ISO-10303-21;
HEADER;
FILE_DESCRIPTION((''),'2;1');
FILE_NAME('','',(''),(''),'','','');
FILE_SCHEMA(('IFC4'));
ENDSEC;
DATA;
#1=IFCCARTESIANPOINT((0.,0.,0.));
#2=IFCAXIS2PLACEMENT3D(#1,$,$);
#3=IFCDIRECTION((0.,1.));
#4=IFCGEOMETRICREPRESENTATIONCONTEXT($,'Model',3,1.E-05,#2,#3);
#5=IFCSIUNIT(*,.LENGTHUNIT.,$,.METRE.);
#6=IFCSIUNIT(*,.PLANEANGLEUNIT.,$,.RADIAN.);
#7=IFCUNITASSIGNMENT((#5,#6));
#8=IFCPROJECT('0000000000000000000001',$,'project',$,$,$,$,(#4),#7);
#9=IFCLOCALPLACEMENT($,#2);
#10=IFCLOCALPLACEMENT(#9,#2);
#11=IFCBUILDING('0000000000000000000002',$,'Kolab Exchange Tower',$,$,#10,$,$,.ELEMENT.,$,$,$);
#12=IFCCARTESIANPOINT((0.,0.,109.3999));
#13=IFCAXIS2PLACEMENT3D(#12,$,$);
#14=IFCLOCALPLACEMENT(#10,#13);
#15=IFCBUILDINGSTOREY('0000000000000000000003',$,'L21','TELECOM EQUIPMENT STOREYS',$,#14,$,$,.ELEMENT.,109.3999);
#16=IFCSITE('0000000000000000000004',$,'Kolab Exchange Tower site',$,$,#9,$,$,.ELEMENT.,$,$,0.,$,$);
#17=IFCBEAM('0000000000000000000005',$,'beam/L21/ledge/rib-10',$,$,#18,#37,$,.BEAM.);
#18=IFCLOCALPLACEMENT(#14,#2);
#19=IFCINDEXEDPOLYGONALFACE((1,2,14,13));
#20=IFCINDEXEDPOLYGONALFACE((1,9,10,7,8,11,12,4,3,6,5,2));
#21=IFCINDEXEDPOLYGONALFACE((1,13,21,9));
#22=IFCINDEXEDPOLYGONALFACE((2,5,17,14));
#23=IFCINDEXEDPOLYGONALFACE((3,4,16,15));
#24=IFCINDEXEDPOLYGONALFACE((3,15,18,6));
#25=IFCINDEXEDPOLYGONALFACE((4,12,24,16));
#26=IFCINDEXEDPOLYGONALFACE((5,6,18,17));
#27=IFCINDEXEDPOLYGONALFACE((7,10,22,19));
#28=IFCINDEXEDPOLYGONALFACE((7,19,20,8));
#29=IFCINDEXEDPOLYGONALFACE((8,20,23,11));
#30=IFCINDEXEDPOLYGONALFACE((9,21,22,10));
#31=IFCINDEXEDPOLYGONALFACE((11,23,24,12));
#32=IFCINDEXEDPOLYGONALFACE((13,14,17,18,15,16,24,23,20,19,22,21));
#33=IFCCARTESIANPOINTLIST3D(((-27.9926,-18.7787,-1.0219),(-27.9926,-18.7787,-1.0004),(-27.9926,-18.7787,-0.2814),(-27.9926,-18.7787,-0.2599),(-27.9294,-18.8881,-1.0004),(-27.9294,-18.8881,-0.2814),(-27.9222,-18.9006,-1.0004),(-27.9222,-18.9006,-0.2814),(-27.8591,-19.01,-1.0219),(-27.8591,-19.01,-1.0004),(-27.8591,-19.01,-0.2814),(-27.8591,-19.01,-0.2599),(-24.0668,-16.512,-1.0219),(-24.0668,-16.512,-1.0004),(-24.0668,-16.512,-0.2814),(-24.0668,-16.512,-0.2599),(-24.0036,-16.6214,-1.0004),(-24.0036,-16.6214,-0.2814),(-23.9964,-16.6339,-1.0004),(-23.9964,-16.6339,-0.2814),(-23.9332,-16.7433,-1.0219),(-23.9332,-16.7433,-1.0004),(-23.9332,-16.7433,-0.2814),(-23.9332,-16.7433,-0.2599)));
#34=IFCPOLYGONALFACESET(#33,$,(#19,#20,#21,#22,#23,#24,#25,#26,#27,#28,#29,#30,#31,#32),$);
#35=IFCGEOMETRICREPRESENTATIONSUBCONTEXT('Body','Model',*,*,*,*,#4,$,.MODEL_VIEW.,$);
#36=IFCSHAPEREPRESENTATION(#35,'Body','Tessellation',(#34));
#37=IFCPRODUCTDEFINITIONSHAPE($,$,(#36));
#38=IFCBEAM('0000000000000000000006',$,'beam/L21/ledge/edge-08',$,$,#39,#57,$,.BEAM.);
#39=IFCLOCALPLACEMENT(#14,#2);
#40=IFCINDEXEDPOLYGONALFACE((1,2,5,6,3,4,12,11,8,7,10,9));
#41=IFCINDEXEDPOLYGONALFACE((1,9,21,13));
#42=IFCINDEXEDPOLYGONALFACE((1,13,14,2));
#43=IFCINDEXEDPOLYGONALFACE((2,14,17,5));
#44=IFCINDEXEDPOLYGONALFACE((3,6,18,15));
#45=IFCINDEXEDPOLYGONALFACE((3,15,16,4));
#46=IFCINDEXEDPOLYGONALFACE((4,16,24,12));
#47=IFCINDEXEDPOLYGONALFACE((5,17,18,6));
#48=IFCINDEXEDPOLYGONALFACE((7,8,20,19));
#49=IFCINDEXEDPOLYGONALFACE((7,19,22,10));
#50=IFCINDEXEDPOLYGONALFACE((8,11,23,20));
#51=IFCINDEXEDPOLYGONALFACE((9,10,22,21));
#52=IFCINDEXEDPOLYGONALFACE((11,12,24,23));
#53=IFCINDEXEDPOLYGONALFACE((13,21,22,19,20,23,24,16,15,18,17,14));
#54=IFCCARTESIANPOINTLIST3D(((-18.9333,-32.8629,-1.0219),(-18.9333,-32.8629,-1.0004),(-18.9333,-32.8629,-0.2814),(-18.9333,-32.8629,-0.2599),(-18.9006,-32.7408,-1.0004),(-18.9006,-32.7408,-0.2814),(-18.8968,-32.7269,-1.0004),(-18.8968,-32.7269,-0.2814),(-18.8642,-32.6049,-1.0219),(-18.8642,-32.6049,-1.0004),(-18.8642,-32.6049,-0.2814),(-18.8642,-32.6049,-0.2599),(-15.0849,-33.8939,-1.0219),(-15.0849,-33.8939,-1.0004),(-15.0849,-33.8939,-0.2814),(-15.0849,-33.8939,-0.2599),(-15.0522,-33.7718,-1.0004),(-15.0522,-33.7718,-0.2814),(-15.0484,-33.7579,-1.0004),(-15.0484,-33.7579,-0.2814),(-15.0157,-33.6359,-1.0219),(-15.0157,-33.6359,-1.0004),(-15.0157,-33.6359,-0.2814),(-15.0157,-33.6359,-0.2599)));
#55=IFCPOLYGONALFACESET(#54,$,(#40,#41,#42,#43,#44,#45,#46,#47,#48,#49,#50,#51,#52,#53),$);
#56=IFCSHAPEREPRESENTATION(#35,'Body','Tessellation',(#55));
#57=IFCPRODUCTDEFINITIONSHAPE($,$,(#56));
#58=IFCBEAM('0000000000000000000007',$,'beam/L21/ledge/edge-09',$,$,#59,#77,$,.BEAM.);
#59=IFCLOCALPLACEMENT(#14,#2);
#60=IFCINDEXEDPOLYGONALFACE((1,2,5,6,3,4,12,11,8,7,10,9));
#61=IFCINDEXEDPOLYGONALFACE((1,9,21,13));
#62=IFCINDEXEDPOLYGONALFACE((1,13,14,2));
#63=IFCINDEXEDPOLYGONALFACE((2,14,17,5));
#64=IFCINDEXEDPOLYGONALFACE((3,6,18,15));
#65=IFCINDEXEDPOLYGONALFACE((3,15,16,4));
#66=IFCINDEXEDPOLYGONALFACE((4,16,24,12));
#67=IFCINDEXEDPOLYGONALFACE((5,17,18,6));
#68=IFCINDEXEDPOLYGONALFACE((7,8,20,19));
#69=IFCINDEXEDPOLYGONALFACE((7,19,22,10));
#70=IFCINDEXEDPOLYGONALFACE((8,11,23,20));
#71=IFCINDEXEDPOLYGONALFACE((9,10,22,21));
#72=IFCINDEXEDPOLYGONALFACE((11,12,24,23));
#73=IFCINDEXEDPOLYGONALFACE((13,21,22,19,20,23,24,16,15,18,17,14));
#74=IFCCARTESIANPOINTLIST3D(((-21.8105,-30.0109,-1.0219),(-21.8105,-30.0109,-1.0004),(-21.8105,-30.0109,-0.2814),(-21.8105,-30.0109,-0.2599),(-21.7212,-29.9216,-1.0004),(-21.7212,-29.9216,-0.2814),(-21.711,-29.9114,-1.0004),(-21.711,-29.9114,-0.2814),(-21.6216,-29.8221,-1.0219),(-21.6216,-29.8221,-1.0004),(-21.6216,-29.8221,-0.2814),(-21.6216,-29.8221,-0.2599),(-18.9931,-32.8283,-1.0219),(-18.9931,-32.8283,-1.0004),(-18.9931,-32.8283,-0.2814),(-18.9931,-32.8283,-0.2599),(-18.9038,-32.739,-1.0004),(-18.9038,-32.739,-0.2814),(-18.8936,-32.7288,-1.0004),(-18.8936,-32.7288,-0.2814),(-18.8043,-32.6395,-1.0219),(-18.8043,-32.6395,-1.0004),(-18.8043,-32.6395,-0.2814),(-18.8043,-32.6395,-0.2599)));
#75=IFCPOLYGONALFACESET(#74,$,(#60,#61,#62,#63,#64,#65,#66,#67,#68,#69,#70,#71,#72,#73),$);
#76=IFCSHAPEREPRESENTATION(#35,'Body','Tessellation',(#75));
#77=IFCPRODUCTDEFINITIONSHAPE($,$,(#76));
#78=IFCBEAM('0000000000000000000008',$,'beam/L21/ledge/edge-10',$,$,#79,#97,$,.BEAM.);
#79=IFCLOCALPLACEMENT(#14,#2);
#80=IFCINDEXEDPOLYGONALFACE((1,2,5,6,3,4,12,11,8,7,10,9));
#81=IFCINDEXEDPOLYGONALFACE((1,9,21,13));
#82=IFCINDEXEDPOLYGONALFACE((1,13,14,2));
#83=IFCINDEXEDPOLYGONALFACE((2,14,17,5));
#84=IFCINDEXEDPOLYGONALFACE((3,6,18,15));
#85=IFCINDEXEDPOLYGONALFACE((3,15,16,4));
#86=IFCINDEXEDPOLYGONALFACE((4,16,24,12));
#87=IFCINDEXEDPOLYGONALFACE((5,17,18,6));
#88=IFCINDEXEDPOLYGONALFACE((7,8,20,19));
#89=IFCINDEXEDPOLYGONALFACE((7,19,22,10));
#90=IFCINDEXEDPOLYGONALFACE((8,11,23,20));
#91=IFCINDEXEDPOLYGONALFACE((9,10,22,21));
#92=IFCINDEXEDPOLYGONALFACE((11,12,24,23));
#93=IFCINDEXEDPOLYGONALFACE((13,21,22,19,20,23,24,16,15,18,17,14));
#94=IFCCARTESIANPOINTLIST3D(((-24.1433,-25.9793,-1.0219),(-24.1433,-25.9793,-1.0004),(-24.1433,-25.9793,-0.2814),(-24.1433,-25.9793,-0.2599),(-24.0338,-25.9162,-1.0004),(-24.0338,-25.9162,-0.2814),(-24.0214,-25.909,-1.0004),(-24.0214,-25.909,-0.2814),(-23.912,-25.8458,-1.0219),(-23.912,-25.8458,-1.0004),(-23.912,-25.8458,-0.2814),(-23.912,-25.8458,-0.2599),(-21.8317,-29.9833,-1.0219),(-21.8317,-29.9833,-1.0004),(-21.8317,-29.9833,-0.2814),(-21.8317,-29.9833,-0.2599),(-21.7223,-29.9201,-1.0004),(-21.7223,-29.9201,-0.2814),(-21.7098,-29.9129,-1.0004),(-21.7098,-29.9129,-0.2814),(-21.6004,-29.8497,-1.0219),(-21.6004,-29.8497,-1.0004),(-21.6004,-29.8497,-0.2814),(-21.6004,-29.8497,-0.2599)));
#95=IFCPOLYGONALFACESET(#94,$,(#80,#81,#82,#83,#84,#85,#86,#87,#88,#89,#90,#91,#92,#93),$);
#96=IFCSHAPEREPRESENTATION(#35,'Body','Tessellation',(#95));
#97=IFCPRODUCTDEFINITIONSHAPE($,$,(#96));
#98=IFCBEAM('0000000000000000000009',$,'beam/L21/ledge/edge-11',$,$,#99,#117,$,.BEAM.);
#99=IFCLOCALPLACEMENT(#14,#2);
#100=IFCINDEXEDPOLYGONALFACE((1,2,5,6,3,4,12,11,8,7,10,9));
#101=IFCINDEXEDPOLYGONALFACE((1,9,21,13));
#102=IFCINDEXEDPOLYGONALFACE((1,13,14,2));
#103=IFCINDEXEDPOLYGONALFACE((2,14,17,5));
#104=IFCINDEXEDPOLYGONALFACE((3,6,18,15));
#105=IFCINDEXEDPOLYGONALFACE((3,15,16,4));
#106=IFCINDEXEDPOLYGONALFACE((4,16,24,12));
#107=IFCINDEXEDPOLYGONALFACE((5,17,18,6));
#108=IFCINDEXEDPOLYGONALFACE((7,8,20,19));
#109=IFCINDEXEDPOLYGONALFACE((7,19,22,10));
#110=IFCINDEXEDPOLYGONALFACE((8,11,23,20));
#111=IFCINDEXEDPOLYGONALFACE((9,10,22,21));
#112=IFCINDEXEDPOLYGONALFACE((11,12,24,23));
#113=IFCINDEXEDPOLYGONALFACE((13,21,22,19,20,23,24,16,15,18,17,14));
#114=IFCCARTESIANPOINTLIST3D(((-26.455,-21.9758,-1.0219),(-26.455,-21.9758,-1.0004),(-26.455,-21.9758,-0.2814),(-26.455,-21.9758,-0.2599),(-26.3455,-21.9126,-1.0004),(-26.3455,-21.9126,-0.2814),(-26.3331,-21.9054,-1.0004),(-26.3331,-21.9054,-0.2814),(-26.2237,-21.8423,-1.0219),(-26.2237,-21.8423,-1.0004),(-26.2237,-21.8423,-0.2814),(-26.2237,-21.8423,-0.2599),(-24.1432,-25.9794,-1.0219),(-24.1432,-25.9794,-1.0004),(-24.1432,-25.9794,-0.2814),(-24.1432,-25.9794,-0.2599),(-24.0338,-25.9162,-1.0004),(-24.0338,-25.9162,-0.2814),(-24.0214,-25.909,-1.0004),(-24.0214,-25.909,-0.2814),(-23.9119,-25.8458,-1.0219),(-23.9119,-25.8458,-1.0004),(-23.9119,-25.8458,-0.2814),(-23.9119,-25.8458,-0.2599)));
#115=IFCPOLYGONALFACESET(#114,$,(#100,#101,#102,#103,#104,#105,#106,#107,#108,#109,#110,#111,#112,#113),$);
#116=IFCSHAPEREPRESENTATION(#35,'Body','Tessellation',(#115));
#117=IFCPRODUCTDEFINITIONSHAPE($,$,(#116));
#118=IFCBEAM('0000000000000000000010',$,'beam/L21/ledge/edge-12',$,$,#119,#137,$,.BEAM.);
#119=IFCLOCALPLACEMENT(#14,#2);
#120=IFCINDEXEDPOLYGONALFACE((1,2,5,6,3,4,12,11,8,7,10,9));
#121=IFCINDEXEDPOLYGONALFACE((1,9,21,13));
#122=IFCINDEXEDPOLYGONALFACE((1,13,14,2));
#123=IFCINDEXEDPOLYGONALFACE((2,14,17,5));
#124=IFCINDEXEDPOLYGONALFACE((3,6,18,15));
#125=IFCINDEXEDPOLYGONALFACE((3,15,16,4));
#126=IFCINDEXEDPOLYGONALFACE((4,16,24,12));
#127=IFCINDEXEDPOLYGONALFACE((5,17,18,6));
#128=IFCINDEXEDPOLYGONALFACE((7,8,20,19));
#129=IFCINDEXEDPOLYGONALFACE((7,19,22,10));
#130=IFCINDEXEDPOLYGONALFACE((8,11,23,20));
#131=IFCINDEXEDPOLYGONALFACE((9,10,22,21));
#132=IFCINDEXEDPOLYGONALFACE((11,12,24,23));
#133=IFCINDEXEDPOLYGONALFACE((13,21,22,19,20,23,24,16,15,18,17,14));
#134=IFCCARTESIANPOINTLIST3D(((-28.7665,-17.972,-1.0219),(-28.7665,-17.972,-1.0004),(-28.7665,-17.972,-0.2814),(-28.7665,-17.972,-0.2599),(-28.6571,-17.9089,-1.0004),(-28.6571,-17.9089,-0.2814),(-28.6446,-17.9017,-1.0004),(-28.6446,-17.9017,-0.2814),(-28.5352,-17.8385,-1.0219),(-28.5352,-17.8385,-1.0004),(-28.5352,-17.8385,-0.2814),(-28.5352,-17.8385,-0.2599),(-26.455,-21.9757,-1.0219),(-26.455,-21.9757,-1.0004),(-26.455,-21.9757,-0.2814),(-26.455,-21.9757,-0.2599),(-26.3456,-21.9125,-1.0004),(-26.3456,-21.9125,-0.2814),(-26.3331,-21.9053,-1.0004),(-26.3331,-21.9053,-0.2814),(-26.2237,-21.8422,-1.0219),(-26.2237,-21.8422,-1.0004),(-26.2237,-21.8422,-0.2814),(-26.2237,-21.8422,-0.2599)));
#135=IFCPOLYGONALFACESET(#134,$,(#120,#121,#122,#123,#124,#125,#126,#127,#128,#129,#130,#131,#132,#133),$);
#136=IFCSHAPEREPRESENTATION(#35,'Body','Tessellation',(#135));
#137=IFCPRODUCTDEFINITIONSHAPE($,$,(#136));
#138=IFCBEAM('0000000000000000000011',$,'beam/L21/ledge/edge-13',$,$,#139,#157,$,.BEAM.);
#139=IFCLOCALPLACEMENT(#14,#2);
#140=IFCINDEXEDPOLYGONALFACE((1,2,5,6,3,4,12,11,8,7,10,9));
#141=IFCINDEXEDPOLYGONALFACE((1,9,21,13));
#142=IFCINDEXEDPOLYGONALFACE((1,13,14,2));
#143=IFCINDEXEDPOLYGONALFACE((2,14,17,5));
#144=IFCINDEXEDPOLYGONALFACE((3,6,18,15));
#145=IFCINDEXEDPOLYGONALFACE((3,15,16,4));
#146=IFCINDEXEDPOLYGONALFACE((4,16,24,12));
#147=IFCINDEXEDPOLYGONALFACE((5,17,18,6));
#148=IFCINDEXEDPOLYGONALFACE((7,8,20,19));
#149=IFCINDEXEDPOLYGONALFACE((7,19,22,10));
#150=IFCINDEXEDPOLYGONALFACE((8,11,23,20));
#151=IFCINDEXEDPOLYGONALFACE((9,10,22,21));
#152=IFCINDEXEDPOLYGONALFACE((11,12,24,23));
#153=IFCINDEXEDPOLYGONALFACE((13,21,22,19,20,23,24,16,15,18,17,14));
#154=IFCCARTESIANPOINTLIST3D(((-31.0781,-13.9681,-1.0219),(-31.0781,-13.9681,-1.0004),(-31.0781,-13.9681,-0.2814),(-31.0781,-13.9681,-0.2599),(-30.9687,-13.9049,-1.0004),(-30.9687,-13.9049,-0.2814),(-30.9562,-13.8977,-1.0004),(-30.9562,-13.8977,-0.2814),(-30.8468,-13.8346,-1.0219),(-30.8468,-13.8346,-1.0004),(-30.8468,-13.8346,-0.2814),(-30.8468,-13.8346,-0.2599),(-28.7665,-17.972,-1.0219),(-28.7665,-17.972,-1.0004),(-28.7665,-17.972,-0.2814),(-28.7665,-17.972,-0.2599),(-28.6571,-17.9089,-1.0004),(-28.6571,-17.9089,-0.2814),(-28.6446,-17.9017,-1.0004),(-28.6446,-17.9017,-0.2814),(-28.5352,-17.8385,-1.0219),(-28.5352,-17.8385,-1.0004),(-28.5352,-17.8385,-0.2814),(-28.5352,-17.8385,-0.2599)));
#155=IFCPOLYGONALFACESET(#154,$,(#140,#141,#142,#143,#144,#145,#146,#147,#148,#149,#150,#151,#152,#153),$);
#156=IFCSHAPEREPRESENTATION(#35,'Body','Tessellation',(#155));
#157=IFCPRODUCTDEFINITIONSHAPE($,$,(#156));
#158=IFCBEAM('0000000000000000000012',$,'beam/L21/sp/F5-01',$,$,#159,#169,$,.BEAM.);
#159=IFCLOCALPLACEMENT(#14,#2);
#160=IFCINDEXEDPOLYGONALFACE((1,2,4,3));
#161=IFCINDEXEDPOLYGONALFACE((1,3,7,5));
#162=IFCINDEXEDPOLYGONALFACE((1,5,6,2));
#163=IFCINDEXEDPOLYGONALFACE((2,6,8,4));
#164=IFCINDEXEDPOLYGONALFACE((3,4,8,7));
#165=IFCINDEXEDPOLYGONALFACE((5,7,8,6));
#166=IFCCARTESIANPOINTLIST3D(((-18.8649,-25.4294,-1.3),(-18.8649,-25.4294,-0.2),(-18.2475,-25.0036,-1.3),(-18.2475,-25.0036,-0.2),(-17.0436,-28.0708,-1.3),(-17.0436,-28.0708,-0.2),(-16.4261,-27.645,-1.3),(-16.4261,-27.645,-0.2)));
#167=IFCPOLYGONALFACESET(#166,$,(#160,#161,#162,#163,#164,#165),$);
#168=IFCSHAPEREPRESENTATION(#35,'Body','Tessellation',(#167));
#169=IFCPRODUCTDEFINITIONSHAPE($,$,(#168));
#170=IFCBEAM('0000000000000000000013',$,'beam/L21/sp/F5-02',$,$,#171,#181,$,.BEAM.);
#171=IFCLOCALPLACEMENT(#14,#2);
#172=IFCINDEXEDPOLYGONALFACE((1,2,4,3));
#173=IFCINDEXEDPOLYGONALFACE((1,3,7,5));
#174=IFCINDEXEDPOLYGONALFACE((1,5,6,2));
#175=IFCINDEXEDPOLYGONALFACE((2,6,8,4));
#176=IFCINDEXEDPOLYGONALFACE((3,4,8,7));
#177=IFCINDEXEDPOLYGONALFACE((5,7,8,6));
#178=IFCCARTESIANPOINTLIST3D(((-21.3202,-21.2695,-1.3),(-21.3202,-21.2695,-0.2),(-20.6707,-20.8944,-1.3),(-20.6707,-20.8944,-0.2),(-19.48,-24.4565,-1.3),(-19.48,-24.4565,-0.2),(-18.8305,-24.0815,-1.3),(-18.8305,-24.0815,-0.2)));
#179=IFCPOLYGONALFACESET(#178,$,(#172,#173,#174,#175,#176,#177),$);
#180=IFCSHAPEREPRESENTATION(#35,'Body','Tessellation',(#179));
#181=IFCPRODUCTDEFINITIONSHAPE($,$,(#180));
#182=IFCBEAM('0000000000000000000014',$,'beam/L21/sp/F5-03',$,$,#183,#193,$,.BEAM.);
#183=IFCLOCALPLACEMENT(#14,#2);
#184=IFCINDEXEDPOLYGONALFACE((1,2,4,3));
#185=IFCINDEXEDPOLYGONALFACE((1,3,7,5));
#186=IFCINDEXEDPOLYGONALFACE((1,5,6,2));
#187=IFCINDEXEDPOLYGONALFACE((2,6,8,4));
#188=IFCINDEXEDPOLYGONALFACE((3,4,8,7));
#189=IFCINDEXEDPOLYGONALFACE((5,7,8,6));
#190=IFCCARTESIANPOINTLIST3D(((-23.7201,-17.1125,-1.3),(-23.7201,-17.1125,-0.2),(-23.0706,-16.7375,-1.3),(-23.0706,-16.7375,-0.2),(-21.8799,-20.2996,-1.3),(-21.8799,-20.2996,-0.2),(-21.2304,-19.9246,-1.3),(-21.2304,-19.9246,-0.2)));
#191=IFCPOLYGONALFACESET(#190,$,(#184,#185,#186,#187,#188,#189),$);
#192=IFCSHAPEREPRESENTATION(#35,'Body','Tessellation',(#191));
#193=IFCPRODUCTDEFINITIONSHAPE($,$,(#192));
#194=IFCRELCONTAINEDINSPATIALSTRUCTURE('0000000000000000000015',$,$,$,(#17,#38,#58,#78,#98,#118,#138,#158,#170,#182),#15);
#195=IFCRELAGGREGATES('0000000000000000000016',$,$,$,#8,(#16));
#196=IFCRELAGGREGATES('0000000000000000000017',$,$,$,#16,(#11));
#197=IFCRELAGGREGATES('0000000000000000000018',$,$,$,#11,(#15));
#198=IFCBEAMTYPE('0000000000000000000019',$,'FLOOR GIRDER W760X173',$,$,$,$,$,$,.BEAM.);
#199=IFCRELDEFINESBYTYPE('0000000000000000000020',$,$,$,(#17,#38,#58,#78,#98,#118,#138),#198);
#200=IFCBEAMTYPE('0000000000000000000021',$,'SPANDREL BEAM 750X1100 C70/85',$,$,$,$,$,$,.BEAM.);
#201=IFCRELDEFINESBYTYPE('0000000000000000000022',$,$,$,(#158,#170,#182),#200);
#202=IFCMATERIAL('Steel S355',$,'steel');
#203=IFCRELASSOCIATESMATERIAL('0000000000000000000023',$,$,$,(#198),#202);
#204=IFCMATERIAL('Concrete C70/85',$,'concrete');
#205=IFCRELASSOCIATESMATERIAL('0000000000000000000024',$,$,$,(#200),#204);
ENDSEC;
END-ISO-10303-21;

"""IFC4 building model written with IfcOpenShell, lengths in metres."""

from ifc_helpers import new_model, si_unit, direction, frame, origin, origin_2d, place, context, subcontext, project, spatial, rectangle, i_section, extrude, material, material_profile, profile_set, type_object, element, save


model = new_model("IFC4")

# Units and contexts
model_context = context("Model", 3, precision=1e-05, world=origin(), true_north=direction((0.0, 1.0)))
body_context = subcontext(model_context, "Body", "Model", "MODEL_VIEW")
ifc_project = project(units=[si_unit("LENGTHUNIT", "METRE"), si_unit("PLANEANGLEUNIT", "RADIAN")], contexts=[model_context])

# Site, building, storey
site_placement = place(None, origin())
site = spatial("IfcSite", under=ifc_project, at=site_placement, Name="Kolab Exchange Tower site", CompositionType="ELEMENT", RefElevation=0.0)
building_placement = place(site_placement, origin())
building = spatial("IfcBuilding", under=site, at=building_placement, Name="Kolab Exchange Tower", CompositionType="ELEMENT")
storey_placement = place(building_placement, frame((0.0, 0.0, 109.3999)))
storey = spatial("IfcBuildingStorey", under=building, at=storey_placement, Name="L21", Description="TELECOM EQUIPMENT STOREYS", CompositionType="ELEMENT", Elevation=109.3999)

# Shared definitions
ifc_material_1 = material(Name="Concrete C70/85", Category="concrete")

# Beams
ifc_material_2 = material(Name="Steel S355", Category="steel")
ifc_material_profile_1 = material_profile(ifc_material_2, i_section(OverallWidth=0.2671, OverallDepth=0.762, WebThickness=0.0144, FlangeThickness=0.0215, at=origin_2d()), Name="W760X173")
ifc_profile_set_1 = profile_set([ifc_material_profile_1], Name="Steel S355")
beam_type_1 = type_object("IfcBeamType", Name="FLOOR GIRDER W760X173", PredefinedType="BEAM", material=ifc_profile_set_1)
beam_1_placement = place(storey_placement, frame((-24.0, -16.6277, -0.6409), z_axis=(-0.866021, -0.500008, 0.0), x_axis=(0.500008, -0.866021, 0.0)))
element("IfcBeam", 1, at=beam_1_placement, inside=storey, type_object=beam_type_1, Name="beam/L21/ledge/rib-10", PredefinedType="BEAM", context=body_context, shape_type="SweptSolid", body=[
    extrude(i_section(OverallWidth=0.2671, OverallDepth=0.762, WebThickness=0.0144, FlangeThickness=0.0215, at=origin_2d()), origin(), (0.0, 0.0, 1.0), 4.5332),
])
beam_2_placement = place(storey_placement, frame((-15.0503, -33.7649, -0.6409), z_axis=(-0.965936, 0.25878, 0.0), x_axis=(-0.25878, -0.965936, 0.0)))
element("IfcBeam", 2, at=beam_2_placement, inside=storey, type_object=beam_type_1, Name="beam/L21/ledge/edge-08", PredefinedType="BEAM", context=body_context, shape_type="SweptSolid", body=[
    extrude(i_section(OverallWidth=0.2671, OverallDepth=0.762, WebThickness=0.0144, FlangeThickness=0.0215, at=origin_2d()), origin(), (0.0, 0.0, 1.0), 3.9841),
])
beam_3_placement = place(storey_placement, frame((-18.8987, -32.7339, -0.6409), z_axis=(-0.707107, 0.707107, 0.0), x_axis=(-0.707107, -0.707107, 0.0)))
element("IfcBeam", 3, at=beam_3_placement, inside=storey, type_object=beam_type_1, Name="beam/L21/ledge/edge-09", PredefinedType="BEAM", context=body_context, shape_type="SweptSolid", body=[
    extrude(i_section(OverallWidth=0.2671, OverallDepth=0.762, WebThickness=0.0144, FlangeThickness=0.0215, at=origin_2d()), origin(), (0.0, 0.0, 1.0), 3.9844),
])
beam_4_placement = place(storey_placement, frame((-21.7161, -29.9165, -0.6409), z_axis=(-0.499978, 0.866038, 0.0), x_axis=(-0.866038, -0.499978, 0.0)))
element("IfcBeam", 4, at=beam_4_placement, inside=storey, type_object=beam_type_1, Name="beam/L21/ledge/edge-10", PredefinedType="BEAM", context=body_context, shape_type="SweptSolid", body=[
    extrude(i_section(OverallWidth=0.2671, OverallDepth=0.762, WebThickness=0.0144, FlangeThickness=0.0215, at=origin_2d()), origin(), (0.0, 0.0, 1.0), 4.6233),
])
for number, where, z_axis, x_axis, name in (
    (5, (-24.0276, -25.9126, -0.6409), (-0.500041, 0.866002, 0.0), (-0.866002, -0.500041, 0.0), "beam/L21/ledge/edge-11"),
    (6, (-26.3394, -21.9089, -0.6409), (-0.500001, 0.866025, 0.0), (-0.866025, -0.500001, 0.0), "beam/L21/ledge/edge-12"),
):
    element("IfcBeam", number, at=place(storey_placement, frame(where, z_axis=z_axis, x_axis=x_axis)), inside=storey, type_object=beam_type_1, Name=name, PredefinedType="BEAM", context=body_context, shape_type="SweptSolid", body=[
        extrude(i_section(OverallWidth=0.2671, OverallDepth=0.762, WebThickness=0.0144, FlangeThickness=0.0215, at=origin_2d()), origin(), (0.0, 0.0, 1.0), 4.623),
    ])
beam_5_placement = place(storey_placement, frame((-28.6509, -17.9053, -0.6409), z_axis=(-0.499978, 0.866038, 0.0), x_axis=(-0.866038, -0.499978, 0.0)))
element("IfcBeam", 7, at=beam_5_placement, inside=storey, type_object=beam_type_1, Name="beam/L21/ledge/edge-13", PredefinedType="BEAM", context=body_context, shape_type="SweptSolid", body=[
    extrude(i_section(OverallWidth=0.2671, OverallDepth=0.762, WebThickness=0.0144, FlangeThickness=0.0215, at=origin_2d()), origin(), (0.0, 0.0, 1.0), 4.6233),
])
ifc_material_profile_2 = material_profile(ifc_material_1, rectangle(XDim=0.75, YDim=1.1001, at=origin_2d()), Name="RC750X1100")
ifc_profile_set_2 = profile_set([ifc_material_profile_2], Name="Concrete C70/85")
beam_type_2 = type_object("IfcBeamType", Name="SPANDREL BEAM 750X1100 C70/85", PredefinedType="BEAM", material=ifc_profile_set_2)
beam_6_placement = place(storey_placement, frame((-16.7349, -27.8579, -0.75), z_axis=(-0.567662, 0.823262, 0.0), x_axis=(-0.823262, -0.567662, 0.0)))
element("IfcBeam", 8, at=beam_6_placement, inside=storey, type_object=beam_type_2, Name="beam/L21/sp/F5-01", PredefinedType="BEAM", context=body_context, shape_type="SweptSolid", body=[
    extrude(rectangle(XDim=0.75, YDim=1.1001, at=origin_2d()), origin(), (0.0, 0.0, 1.0), 3.2085),
])
for number, where, z_axis, x_axis, name in (
    (9, (-19.1553, -24.269, -0.75), (-0.500013, 0.866018, 0.0), (-0.866018, -0.500013, 0.0), "beam/L21/sp/F5-02"),
    (10, (-21.5552, -20.1121, -0.75), (-0.500013, 0.866018, 0.0), (-0.866018, -0.500013, 0.0), "beam/L21/sp/F5-03"),
):
    element("IfcBeam", number, at=place(storey_placement, frame(where, z_axis=z_axis, x_axis=x_axis)), inside=storey, type_object=beam_type_2, Name=name, PredefinedType="BEAM", context=body_context, shape_type="SweptSolid", body=[
        extrude(rectangle(XDim=0.75, YDim=1.1001, at=origin_2d()), origin(), (0.0, 0.0, 1.0), 3.6802),
    ])

save(model, "model.ifc")
